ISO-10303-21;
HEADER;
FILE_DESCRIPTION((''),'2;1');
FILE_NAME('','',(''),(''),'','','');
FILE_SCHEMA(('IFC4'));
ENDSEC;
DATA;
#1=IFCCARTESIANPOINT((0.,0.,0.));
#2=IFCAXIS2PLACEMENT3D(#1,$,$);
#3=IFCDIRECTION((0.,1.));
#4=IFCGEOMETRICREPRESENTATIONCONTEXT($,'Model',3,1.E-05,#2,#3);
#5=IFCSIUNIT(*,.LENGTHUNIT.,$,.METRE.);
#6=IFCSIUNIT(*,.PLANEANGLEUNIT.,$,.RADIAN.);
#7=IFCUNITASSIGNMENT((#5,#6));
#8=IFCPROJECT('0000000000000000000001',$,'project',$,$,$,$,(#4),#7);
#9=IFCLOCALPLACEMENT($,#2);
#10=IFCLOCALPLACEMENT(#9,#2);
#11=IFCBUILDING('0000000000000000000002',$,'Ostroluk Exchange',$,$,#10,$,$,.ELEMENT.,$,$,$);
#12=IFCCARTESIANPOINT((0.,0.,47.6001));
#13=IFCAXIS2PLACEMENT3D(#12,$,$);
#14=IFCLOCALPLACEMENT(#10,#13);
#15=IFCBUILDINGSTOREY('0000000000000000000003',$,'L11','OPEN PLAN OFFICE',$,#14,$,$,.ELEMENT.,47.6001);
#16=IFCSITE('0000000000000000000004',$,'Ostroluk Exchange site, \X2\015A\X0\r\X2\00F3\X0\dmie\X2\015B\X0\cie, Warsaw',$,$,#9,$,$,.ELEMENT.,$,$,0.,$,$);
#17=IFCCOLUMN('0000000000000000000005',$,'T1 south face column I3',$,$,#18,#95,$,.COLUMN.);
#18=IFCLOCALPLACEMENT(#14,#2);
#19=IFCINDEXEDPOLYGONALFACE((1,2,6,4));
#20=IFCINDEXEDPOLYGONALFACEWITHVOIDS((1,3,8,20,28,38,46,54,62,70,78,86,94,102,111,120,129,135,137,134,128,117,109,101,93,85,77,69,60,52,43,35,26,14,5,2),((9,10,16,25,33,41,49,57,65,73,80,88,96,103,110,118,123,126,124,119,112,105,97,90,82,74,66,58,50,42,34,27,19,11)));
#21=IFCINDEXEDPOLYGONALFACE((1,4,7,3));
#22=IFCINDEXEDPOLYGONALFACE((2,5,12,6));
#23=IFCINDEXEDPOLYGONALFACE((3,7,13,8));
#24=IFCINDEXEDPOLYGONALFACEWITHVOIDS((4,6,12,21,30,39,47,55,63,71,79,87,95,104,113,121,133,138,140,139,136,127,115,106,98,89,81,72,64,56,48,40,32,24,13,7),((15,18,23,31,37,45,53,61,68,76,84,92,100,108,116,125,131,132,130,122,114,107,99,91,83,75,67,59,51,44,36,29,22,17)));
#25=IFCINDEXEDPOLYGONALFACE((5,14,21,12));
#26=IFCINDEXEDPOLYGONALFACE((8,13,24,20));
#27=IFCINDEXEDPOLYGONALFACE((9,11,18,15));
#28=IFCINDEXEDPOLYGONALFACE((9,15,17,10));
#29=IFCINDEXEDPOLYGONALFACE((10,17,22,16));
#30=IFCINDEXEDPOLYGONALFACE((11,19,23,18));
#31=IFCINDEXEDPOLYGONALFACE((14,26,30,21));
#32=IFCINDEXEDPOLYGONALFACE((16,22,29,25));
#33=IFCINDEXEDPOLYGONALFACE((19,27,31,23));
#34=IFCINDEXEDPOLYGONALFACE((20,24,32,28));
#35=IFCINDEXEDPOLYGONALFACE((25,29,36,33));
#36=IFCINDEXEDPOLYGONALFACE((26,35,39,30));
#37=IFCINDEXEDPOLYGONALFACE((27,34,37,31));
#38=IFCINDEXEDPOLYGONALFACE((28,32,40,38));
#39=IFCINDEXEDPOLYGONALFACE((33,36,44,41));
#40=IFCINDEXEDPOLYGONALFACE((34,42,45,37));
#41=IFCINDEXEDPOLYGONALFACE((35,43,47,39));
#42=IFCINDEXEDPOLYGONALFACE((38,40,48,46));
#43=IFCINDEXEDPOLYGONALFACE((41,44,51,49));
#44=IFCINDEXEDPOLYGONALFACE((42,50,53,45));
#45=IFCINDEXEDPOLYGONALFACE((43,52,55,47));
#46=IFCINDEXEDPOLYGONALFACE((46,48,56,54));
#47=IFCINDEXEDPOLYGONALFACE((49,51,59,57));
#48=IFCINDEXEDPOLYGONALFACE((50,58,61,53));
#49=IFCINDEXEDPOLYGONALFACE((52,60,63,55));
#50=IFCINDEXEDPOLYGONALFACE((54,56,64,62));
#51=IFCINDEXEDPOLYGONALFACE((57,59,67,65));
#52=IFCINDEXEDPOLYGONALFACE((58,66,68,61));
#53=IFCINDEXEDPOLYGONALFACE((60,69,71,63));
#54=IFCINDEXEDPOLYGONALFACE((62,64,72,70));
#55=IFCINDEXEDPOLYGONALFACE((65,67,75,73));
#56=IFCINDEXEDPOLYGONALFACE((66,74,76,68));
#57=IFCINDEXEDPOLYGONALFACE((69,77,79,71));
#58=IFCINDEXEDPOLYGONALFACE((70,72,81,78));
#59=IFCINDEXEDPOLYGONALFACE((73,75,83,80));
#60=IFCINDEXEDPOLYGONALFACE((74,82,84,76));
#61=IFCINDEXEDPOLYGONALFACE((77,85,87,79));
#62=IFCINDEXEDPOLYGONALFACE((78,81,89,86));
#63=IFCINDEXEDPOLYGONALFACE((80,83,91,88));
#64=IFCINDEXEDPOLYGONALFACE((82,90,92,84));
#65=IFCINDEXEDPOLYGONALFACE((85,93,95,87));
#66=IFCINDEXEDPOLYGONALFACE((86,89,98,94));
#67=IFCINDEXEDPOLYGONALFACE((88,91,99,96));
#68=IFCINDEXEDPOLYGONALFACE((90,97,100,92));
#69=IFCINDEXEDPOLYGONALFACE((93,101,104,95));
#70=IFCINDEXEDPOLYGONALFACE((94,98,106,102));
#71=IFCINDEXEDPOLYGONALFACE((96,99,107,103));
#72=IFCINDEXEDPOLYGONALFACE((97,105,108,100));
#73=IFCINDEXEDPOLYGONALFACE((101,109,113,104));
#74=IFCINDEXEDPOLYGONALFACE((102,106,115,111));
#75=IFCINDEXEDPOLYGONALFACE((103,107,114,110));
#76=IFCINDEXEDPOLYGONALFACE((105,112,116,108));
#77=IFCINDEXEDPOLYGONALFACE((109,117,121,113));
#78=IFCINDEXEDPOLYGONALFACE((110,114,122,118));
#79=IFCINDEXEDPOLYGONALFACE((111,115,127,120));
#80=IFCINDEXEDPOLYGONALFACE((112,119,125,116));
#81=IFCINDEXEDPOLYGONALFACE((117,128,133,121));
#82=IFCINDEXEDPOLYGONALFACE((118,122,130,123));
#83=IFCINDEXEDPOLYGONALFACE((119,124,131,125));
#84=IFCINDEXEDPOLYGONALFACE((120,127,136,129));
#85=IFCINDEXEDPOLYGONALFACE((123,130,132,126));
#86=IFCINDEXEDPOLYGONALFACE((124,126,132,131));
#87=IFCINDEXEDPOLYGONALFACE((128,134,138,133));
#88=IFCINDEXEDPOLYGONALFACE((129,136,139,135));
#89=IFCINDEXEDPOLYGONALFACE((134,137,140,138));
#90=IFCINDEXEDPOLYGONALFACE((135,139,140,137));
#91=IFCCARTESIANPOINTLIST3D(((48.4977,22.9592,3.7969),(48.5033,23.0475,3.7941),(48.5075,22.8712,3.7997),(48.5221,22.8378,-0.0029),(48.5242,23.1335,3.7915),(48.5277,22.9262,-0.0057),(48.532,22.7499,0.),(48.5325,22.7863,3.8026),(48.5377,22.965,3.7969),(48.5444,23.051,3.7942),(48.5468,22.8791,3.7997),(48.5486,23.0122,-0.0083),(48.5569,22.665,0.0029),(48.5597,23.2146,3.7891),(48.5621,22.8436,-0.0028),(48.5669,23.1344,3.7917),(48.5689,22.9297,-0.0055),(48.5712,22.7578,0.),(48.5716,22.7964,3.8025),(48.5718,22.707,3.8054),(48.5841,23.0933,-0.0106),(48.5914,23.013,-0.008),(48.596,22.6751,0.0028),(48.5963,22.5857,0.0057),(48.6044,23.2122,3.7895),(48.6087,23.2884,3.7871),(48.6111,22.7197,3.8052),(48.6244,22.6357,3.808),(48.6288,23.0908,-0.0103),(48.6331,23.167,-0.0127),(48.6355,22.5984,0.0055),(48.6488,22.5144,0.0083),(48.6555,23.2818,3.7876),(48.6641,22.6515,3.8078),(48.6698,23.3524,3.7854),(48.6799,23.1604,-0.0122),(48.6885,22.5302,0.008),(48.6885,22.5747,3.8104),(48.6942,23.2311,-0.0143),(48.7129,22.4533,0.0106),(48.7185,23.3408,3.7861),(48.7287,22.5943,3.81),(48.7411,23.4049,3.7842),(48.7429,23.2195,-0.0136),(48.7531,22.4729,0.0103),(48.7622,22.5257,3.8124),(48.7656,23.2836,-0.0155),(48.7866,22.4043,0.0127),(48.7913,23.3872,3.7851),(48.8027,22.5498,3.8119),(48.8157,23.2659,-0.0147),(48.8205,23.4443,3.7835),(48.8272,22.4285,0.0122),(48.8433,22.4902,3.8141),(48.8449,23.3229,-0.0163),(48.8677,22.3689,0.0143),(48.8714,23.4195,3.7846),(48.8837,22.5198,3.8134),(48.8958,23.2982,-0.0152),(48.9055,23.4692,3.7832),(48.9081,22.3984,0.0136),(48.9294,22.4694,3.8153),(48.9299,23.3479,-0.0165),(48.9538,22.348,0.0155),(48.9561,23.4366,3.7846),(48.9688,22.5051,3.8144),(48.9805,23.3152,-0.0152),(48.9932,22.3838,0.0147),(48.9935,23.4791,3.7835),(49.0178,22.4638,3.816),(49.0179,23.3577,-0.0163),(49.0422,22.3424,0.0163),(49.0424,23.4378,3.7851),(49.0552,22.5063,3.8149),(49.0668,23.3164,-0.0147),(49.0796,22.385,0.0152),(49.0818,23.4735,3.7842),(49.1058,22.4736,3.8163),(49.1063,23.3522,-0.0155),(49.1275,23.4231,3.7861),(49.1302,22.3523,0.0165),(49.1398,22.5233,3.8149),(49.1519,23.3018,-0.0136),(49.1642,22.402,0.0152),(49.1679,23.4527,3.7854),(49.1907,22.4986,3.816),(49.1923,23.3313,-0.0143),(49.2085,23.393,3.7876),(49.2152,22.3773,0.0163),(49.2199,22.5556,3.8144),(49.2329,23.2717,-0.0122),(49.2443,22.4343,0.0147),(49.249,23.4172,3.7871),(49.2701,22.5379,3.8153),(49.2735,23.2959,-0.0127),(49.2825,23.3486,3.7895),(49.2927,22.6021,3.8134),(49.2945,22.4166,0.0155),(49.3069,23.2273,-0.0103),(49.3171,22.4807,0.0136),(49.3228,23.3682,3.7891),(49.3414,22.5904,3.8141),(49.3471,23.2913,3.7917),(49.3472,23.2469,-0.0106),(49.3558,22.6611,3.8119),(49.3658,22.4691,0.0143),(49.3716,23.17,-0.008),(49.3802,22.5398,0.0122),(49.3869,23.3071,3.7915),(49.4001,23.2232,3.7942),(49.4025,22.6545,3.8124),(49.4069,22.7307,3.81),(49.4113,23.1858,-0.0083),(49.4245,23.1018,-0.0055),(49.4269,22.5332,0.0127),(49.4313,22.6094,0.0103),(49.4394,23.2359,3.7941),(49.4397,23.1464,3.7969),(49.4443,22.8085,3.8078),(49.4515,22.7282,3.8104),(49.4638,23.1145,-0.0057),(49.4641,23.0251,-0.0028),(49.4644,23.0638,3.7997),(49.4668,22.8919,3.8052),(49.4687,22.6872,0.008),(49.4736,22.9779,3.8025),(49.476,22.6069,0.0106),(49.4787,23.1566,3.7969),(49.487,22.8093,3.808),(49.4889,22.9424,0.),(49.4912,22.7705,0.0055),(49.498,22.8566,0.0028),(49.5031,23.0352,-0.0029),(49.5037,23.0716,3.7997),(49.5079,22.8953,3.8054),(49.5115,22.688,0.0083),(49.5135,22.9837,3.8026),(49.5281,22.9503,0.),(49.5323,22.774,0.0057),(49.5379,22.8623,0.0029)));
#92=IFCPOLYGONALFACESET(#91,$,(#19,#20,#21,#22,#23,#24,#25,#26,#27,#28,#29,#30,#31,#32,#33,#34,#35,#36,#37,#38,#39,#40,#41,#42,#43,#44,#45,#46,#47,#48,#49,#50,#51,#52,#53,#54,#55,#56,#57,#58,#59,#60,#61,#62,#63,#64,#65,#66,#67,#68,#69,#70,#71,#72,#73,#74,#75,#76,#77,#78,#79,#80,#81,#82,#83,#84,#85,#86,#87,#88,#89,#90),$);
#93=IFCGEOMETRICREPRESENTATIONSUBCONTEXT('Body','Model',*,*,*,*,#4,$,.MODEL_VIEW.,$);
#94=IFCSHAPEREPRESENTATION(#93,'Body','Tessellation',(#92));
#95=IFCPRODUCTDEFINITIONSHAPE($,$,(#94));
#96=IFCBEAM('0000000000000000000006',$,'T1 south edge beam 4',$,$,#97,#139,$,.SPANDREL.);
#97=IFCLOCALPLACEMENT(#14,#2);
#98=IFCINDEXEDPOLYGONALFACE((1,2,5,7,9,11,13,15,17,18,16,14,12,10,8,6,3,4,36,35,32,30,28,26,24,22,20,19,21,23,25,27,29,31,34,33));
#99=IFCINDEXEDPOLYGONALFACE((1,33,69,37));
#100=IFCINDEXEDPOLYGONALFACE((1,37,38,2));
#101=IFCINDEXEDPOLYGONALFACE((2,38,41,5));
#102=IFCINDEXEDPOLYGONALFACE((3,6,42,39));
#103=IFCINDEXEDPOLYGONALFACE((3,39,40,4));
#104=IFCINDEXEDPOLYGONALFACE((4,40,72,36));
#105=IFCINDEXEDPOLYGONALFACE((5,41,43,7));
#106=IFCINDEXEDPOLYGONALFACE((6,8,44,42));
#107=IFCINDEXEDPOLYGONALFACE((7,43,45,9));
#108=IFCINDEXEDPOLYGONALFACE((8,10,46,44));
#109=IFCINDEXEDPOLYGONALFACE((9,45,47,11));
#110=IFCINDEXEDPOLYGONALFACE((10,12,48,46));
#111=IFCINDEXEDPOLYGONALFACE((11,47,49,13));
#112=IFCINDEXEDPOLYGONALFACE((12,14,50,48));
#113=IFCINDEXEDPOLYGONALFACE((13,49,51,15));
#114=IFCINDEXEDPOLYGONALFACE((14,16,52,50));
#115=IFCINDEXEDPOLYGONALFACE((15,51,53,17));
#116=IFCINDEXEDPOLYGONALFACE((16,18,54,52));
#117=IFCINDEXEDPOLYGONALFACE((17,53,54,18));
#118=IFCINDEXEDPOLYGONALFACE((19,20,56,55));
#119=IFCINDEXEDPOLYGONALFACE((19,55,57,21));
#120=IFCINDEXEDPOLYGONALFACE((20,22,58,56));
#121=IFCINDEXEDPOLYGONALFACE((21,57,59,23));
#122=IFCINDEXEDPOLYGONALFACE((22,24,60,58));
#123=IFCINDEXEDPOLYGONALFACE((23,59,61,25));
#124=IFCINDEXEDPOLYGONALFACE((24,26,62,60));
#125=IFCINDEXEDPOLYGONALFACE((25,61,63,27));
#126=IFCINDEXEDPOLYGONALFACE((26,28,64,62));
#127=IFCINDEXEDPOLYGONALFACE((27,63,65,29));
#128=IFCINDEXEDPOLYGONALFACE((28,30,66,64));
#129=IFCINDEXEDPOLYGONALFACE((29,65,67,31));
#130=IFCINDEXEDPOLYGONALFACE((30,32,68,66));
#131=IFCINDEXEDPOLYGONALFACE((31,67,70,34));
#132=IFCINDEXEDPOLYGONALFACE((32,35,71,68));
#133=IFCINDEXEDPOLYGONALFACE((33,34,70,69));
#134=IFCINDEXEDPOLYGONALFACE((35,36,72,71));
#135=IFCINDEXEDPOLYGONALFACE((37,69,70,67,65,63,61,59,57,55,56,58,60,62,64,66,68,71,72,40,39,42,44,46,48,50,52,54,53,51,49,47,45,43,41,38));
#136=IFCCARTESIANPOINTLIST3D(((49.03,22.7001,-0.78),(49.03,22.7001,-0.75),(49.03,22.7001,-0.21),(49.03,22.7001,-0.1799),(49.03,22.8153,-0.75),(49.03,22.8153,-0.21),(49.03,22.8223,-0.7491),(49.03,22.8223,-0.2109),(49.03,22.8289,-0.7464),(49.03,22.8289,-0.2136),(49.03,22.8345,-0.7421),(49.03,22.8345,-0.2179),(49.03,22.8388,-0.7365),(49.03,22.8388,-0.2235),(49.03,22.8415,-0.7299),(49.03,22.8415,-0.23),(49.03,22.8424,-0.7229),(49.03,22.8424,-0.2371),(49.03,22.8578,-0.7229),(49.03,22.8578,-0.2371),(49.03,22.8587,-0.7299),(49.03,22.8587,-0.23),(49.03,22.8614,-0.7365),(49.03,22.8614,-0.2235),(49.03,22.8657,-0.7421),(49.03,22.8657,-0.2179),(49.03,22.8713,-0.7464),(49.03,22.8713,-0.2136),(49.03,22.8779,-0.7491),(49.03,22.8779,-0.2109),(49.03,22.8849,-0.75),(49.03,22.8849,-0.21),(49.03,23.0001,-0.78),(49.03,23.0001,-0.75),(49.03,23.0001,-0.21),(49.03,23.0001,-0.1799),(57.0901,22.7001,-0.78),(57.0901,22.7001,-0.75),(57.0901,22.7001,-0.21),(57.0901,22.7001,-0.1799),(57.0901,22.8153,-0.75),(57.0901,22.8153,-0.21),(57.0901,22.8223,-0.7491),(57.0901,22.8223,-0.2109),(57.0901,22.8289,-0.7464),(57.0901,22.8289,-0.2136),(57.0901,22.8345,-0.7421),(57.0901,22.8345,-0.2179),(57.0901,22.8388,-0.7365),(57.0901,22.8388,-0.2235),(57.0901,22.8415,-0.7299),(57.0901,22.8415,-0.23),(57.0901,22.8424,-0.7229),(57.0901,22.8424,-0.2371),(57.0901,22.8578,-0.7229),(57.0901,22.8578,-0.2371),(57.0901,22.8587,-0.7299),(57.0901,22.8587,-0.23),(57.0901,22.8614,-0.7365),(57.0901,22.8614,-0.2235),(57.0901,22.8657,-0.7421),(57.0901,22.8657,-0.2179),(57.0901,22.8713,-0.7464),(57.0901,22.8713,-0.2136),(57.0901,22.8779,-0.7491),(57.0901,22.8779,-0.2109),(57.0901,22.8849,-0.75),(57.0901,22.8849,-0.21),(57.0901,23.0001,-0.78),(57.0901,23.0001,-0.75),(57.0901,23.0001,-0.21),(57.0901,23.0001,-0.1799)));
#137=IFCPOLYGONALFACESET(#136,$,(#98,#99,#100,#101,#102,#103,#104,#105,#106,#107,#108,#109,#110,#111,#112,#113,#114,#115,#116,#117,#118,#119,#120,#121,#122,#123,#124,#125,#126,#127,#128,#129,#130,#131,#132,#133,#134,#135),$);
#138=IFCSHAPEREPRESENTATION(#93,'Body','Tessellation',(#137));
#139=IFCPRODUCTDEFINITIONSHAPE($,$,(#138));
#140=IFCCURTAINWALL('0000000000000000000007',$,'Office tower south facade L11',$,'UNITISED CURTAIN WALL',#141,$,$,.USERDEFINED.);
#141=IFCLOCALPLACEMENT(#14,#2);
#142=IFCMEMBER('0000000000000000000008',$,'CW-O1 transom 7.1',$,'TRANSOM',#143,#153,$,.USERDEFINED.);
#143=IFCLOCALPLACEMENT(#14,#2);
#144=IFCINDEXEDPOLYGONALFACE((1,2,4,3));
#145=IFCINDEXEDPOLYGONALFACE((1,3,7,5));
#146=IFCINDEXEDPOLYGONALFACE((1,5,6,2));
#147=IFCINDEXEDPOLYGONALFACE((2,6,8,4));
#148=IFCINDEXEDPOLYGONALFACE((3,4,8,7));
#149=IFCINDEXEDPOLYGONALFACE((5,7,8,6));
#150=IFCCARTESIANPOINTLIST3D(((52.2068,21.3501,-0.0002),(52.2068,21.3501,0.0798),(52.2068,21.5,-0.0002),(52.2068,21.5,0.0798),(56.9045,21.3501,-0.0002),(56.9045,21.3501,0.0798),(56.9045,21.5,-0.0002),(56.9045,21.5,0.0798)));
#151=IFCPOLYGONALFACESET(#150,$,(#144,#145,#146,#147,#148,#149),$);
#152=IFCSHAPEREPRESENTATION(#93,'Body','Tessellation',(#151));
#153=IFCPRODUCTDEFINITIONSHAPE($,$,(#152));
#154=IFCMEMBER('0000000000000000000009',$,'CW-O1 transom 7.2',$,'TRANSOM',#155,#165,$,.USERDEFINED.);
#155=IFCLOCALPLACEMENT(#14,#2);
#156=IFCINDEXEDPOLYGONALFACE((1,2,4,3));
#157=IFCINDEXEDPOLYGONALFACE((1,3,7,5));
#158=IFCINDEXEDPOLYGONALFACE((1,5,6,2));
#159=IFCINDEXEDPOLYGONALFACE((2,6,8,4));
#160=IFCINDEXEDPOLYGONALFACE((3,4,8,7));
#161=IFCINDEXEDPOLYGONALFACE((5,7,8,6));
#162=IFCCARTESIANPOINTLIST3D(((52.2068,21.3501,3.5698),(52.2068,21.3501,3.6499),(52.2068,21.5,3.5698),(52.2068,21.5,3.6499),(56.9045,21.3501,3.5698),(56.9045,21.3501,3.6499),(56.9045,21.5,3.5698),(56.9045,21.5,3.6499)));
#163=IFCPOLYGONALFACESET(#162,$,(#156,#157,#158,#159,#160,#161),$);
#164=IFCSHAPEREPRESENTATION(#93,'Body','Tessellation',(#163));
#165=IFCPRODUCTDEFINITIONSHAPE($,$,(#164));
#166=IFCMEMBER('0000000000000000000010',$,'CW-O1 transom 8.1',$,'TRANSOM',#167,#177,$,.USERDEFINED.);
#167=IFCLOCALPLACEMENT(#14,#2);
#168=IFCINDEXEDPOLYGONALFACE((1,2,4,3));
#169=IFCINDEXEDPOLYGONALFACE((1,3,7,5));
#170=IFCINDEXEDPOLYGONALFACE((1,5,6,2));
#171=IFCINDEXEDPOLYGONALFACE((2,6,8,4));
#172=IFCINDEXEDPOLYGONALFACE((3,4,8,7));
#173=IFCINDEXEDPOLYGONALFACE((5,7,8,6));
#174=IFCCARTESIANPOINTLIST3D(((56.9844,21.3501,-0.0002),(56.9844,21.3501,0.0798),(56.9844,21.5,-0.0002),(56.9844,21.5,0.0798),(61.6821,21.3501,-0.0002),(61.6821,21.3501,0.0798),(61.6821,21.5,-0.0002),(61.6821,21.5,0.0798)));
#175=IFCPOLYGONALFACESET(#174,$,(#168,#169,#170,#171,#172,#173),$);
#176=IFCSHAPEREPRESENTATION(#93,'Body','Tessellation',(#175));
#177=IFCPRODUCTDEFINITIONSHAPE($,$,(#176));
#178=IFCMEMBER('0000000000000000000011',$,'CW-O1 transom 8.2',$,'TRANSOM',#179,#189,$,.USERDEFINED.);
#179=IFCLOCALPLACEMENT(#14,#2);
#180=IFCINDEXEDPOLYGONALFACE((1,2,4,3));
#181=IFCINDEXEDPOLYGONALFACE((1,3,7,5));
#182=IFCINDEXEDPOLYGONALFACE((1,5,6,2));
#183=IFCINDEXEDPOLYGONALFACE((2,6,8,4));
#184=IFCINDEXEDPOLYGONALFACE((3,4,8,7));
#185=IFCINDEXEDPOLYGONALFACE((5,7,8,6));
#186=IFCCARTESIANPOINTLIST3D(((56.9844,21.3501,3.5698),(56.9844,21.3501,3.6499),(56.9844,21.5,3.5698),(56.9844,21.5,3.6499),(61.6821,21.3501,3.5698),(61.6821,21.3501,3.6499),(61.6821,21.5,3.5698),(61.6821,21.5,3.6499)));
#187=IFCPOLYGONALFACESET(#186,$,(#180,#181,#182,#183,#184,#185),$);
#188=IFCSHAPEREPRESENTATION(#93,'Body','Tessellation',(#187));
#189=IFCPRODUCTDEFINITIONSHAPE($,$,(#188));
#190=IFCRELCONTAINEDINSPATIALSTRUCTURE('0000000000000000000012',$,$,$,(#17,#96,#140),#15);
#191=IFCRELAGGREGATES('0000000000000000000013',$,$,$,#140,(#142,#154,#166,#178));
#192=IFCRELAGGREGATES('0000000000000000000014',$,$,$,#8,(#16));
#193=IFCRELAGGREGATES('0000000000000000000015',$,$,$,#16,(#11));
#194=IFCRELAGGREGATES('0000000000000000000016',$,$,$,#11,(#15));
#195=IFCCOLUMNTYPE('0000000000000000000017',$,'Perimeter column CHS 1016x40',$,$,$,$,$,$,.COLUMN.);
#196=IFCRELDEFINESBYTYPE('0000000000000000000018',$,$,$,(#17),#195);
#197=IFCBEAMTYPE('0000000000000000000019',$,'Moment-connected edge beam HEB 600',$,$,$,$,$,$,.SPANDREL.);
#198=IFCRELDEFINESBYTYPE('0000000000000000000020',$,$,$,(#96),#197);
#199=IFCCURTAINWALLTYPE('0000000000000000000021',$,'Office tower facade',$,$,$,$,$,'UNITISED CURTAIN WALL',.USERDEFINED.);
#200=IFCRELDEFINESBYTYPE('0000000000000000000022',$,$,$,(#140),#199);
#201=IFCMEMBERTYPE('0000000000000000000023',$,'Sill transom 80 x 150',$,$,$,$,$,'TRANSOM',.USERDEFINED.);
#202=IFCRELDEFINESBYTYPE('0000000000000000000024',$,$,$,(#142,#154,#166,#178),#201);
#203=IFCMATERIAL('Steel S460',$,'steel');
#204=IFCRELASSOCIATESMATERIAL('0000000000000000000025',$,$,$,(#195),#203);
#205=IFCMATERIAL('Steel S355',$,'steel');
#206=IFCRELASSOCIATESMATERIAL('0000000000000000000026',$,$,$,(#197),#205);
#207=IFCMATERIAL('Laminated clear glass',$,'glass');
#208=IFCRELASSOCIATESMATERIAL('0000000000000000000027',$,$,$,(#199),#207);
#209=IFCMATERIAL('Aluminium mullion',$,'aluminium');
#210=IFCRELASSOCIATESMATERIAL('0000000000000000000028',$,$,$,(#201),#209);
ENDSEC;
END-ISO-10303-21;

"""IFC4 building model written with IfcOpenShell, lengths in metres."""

from ifc_helpers import new_model, si_unit, direction, frame, origin, origin_2d, place, context, subcontext, project, spatial, rectangle, hollow_circle, i_section, extrude, material, material_profile, profile_set, type_object, element, aggregate, save


model = new_model("IFC4")

# Units and contexts
model_context = context("Model", 3, precision=1e-05, world=origin(), true_north=direction((0.0, 1.0)))
body_context = subcontext(model_context, "Body", "Model", "MODEL_VIEW")
ifc_project = project(units=[si_unit("LENGTHUNIT", "METRE"), si_unit("PLANEANGLEUNIT", "RADIAN")], contexts=[model_context])

# Site, building, storey
site_placement = place(None, origin())
site = spatial("IfcSite", under=ifc_project, at=site_placement, Name="Ostroluk Exchange site, Śródmieście, Warsaw", CompositionType="ELEMENT", RefElevation=0.0)
building_placement = place(site_placement, origin())
building = spatial("IfcBuilding", under=site, at=building_placement, Name="Ostroluk Exchange", CompositionType="ELEMENT")
storey_placement = place(building_placement, frame((0.0, 0.0, 47.6001)))
storey = spatial("IfcBuildingStorey", under=building, at=storey_placement, Name="L11", Description="OPEN PLAN OFFICE", CompositionType="ELEMENT", Elevation=47.6001)

# Column
ifc_material_1 = material(Name="Steel S460", Category="steel")
ifc_material_profile_1 = material_profile(ifc_material_1, hollow_circle(Radius=0.5081, WallThickness=0.04, at=origin_2d()), Name="CHS 1016x40")
ifc_profile_set_1 = profile_set([ifc_material_profile_1], Name="Steel S460")
column_type = type_object("IfcColumnType", Name="Perimeter column CHS 1016x40", PredefinedType="COLUMN", material=ifc_profile_set_1)
column_placement = place(storey_placement, frame((49.03, 22.8501, 0.0), z_axis=(-0.006422, 0.031916, 0.99947), x_axis=(-0.980352, -0.197254, 0.0)))
element("IfcColumn", 1, at=column_placement, inside=storey, type_object=column_type, Name="T1 south face column I3", PredefinedType="COLUMN", context=body_context, shape_type="SweptSolid", body=[
    extrude(hollow_circle(Radius=0.5081, WallThickness=0.04, at=origin_2d()), origin(), (0.0, 0.0, 1.0), 3.8018),
])

# Beam
ifc_material_2 = material(Name="Steel S355", Category="steel")
ifc_material_profile_2 = material_profile(ifc_material_2, i_section(OverallWidth=0.3, OverallDepth=0.6001, WebThickness=0.0154, FlangeThickness=0.03, FilletRadius=0.0271, at=origin_2d()), Name="HEB 600")
ifc_profile_set_2 = profile_set([ifc_material_profile_2], Name="Steel S355")
beam_type = type_object("IfcBeamType", Name="Moment-connected edge beam HEB 600", PredefinedType="SPANDREL", material=ifc_profile_set_2)
beam_placement = place(storey_placement, frame((49.03, 22.8501, -0.48), z_axis=(1.0, 0.0, 0.0), x_axis=(0.0, 1.0, 0.0)))
element("IfcBeam", 2, at=beam_placement, inside=storey, type_object=beam_type, Name="T1 south edge beam 4", PredefinedType="SPANDREL", context=body_context, shape_type="SweptSolid", body=[
    extrude(i_section(OverallWidth=0.3, OverallDepth=0.6001, WebThickness=0.0154, FlangeThickness=0.03, FilletRadius=0.0271, at=origin_2d()), origin(), (0.0, 0.0, 1.0), 8.0601),
])

# Curtain wall, members
ifc_material_3 = material(Name="Laminated clear glass", Category="glass")
curtain_wall_type = type_object("IfcCurtainWallType", Name="Office tower facade", ElementType="UNITISED CURTAIN WALL", PredefinedType="USERDEFINED", material=ifc_material_3)
curtain_wall_placement = place(storey_placement, origin())
curtain_wall = element("IfcCurtainWall", 3, at=curtain_wall_placement, inside=storey, type_object=curtain_wall_type, Name="Office tower south facade L11", ObjectType="UNITISED CURTAIN WALL", PredefinedType="USERDEFINED")
ifc_material_4 = material(Name="Aluminium mullion", Category="aluminium")
ifc_material_profile_3 = material_profile(ifc_material_4, rectangle(XDim=0.1499, YDim=0.0801, at=origin_2d()), Name="Sill transom 80 x 150")
ifc_profile_set_3 = profile_set([ifc_material_profile_3], Name="Aluminium mullion")
member_type_1 = type_object("IfcMemberType", Name="Sill transom 80 x 150", ElementType="TRANSOM", PredefinedType="USERDEFINED", material=ifc_profile_set_3)
member_1_placement = place(storey_placement, frame((52.2068, 21.425, 0.0398), z_axis=(1.0, 0.0, 0.0), x_axis=(0.0, 1.0, 0.0)))
member_1 = element("IfcMember", 4, at=member_1_placement, type_object=member_type_1, Name="CW-O1 transom 7.1", ObjectType="TRANSOM", PredefinedType="USERDEFINED", context=body_context, shape_type="SweptSolid", body=[
    extrude(rectangle(XDim=0.1499, YDim=0.0801, at=origin_2d()), origin(), (0.0, 0.0, 1.0), 4.6978),
])
member_2_placement = place(storey_placement, frame((52.2068, 21.425, 3.6099), z_axis=(1.0, 0.0, 0.0), x_axis=(0.0, 1.0, 0.0)))
member_2 = element("IfcMember", 5, at=member_2_placement, type_object=member_type_1, Name="CW-O1 transom 7.2", ObjectType="TRANSOM", PredefinedType="USERDEFINED", context=body_context, shape_type="SweptSolid", body=[
    extrude(rectangle(XDim=0.1499, YDim=0.0801, at=origin_2d()), origin(), (0.0, 0.0, 1.0), 4.6978),
])
member_3_placement = place(storey_placement, frame((56.9844, 21.425, 0.0398), z_axis=(1.0, 0.0, 0.0), x_axis=(0.0, 1.0, 0.0)))
member_3 = element("IfcMember", 6, at=member_3_placement, type_object=member_type_1, Name="CW-O1 transom 8.1", ObjectType="TRANSOM", PredefinedType="USERDEFINED", context=body_context, shape_type="SweptSolid", body=[
    extrude(rectangle(XDim=0.1499, YDim=0.0801, at=origin_2d()), origin(), (0.0, 0.0, 1.0), 4.6978),
])
member_4_placement = place(storey_placement, frame((56.9844, 21.425, 3.6099), z_axis=(1.0, 0.0, 0.0), x_axis=(0.0, 1.0, 0.0)))
member_4 = element("IfcMember", 7, at=member_4_placement, type_object=member_type_1, Name="CW-O1 transom 8.2", ObjectType="TRANSOM", PredefinedType="USERDEFINED", context=body_context, shape_type="SweptSolid", body=[
    extrude(rectangle(XDim=0.1499, YDim=0.0801, at=origin_2d()), origin(), (0.0, 0.0, 1.0), 4.6978),
])
aggregate(curtain_wall, [member_1, member_2, member_3, member_4])

save(model, "model.ifc")
